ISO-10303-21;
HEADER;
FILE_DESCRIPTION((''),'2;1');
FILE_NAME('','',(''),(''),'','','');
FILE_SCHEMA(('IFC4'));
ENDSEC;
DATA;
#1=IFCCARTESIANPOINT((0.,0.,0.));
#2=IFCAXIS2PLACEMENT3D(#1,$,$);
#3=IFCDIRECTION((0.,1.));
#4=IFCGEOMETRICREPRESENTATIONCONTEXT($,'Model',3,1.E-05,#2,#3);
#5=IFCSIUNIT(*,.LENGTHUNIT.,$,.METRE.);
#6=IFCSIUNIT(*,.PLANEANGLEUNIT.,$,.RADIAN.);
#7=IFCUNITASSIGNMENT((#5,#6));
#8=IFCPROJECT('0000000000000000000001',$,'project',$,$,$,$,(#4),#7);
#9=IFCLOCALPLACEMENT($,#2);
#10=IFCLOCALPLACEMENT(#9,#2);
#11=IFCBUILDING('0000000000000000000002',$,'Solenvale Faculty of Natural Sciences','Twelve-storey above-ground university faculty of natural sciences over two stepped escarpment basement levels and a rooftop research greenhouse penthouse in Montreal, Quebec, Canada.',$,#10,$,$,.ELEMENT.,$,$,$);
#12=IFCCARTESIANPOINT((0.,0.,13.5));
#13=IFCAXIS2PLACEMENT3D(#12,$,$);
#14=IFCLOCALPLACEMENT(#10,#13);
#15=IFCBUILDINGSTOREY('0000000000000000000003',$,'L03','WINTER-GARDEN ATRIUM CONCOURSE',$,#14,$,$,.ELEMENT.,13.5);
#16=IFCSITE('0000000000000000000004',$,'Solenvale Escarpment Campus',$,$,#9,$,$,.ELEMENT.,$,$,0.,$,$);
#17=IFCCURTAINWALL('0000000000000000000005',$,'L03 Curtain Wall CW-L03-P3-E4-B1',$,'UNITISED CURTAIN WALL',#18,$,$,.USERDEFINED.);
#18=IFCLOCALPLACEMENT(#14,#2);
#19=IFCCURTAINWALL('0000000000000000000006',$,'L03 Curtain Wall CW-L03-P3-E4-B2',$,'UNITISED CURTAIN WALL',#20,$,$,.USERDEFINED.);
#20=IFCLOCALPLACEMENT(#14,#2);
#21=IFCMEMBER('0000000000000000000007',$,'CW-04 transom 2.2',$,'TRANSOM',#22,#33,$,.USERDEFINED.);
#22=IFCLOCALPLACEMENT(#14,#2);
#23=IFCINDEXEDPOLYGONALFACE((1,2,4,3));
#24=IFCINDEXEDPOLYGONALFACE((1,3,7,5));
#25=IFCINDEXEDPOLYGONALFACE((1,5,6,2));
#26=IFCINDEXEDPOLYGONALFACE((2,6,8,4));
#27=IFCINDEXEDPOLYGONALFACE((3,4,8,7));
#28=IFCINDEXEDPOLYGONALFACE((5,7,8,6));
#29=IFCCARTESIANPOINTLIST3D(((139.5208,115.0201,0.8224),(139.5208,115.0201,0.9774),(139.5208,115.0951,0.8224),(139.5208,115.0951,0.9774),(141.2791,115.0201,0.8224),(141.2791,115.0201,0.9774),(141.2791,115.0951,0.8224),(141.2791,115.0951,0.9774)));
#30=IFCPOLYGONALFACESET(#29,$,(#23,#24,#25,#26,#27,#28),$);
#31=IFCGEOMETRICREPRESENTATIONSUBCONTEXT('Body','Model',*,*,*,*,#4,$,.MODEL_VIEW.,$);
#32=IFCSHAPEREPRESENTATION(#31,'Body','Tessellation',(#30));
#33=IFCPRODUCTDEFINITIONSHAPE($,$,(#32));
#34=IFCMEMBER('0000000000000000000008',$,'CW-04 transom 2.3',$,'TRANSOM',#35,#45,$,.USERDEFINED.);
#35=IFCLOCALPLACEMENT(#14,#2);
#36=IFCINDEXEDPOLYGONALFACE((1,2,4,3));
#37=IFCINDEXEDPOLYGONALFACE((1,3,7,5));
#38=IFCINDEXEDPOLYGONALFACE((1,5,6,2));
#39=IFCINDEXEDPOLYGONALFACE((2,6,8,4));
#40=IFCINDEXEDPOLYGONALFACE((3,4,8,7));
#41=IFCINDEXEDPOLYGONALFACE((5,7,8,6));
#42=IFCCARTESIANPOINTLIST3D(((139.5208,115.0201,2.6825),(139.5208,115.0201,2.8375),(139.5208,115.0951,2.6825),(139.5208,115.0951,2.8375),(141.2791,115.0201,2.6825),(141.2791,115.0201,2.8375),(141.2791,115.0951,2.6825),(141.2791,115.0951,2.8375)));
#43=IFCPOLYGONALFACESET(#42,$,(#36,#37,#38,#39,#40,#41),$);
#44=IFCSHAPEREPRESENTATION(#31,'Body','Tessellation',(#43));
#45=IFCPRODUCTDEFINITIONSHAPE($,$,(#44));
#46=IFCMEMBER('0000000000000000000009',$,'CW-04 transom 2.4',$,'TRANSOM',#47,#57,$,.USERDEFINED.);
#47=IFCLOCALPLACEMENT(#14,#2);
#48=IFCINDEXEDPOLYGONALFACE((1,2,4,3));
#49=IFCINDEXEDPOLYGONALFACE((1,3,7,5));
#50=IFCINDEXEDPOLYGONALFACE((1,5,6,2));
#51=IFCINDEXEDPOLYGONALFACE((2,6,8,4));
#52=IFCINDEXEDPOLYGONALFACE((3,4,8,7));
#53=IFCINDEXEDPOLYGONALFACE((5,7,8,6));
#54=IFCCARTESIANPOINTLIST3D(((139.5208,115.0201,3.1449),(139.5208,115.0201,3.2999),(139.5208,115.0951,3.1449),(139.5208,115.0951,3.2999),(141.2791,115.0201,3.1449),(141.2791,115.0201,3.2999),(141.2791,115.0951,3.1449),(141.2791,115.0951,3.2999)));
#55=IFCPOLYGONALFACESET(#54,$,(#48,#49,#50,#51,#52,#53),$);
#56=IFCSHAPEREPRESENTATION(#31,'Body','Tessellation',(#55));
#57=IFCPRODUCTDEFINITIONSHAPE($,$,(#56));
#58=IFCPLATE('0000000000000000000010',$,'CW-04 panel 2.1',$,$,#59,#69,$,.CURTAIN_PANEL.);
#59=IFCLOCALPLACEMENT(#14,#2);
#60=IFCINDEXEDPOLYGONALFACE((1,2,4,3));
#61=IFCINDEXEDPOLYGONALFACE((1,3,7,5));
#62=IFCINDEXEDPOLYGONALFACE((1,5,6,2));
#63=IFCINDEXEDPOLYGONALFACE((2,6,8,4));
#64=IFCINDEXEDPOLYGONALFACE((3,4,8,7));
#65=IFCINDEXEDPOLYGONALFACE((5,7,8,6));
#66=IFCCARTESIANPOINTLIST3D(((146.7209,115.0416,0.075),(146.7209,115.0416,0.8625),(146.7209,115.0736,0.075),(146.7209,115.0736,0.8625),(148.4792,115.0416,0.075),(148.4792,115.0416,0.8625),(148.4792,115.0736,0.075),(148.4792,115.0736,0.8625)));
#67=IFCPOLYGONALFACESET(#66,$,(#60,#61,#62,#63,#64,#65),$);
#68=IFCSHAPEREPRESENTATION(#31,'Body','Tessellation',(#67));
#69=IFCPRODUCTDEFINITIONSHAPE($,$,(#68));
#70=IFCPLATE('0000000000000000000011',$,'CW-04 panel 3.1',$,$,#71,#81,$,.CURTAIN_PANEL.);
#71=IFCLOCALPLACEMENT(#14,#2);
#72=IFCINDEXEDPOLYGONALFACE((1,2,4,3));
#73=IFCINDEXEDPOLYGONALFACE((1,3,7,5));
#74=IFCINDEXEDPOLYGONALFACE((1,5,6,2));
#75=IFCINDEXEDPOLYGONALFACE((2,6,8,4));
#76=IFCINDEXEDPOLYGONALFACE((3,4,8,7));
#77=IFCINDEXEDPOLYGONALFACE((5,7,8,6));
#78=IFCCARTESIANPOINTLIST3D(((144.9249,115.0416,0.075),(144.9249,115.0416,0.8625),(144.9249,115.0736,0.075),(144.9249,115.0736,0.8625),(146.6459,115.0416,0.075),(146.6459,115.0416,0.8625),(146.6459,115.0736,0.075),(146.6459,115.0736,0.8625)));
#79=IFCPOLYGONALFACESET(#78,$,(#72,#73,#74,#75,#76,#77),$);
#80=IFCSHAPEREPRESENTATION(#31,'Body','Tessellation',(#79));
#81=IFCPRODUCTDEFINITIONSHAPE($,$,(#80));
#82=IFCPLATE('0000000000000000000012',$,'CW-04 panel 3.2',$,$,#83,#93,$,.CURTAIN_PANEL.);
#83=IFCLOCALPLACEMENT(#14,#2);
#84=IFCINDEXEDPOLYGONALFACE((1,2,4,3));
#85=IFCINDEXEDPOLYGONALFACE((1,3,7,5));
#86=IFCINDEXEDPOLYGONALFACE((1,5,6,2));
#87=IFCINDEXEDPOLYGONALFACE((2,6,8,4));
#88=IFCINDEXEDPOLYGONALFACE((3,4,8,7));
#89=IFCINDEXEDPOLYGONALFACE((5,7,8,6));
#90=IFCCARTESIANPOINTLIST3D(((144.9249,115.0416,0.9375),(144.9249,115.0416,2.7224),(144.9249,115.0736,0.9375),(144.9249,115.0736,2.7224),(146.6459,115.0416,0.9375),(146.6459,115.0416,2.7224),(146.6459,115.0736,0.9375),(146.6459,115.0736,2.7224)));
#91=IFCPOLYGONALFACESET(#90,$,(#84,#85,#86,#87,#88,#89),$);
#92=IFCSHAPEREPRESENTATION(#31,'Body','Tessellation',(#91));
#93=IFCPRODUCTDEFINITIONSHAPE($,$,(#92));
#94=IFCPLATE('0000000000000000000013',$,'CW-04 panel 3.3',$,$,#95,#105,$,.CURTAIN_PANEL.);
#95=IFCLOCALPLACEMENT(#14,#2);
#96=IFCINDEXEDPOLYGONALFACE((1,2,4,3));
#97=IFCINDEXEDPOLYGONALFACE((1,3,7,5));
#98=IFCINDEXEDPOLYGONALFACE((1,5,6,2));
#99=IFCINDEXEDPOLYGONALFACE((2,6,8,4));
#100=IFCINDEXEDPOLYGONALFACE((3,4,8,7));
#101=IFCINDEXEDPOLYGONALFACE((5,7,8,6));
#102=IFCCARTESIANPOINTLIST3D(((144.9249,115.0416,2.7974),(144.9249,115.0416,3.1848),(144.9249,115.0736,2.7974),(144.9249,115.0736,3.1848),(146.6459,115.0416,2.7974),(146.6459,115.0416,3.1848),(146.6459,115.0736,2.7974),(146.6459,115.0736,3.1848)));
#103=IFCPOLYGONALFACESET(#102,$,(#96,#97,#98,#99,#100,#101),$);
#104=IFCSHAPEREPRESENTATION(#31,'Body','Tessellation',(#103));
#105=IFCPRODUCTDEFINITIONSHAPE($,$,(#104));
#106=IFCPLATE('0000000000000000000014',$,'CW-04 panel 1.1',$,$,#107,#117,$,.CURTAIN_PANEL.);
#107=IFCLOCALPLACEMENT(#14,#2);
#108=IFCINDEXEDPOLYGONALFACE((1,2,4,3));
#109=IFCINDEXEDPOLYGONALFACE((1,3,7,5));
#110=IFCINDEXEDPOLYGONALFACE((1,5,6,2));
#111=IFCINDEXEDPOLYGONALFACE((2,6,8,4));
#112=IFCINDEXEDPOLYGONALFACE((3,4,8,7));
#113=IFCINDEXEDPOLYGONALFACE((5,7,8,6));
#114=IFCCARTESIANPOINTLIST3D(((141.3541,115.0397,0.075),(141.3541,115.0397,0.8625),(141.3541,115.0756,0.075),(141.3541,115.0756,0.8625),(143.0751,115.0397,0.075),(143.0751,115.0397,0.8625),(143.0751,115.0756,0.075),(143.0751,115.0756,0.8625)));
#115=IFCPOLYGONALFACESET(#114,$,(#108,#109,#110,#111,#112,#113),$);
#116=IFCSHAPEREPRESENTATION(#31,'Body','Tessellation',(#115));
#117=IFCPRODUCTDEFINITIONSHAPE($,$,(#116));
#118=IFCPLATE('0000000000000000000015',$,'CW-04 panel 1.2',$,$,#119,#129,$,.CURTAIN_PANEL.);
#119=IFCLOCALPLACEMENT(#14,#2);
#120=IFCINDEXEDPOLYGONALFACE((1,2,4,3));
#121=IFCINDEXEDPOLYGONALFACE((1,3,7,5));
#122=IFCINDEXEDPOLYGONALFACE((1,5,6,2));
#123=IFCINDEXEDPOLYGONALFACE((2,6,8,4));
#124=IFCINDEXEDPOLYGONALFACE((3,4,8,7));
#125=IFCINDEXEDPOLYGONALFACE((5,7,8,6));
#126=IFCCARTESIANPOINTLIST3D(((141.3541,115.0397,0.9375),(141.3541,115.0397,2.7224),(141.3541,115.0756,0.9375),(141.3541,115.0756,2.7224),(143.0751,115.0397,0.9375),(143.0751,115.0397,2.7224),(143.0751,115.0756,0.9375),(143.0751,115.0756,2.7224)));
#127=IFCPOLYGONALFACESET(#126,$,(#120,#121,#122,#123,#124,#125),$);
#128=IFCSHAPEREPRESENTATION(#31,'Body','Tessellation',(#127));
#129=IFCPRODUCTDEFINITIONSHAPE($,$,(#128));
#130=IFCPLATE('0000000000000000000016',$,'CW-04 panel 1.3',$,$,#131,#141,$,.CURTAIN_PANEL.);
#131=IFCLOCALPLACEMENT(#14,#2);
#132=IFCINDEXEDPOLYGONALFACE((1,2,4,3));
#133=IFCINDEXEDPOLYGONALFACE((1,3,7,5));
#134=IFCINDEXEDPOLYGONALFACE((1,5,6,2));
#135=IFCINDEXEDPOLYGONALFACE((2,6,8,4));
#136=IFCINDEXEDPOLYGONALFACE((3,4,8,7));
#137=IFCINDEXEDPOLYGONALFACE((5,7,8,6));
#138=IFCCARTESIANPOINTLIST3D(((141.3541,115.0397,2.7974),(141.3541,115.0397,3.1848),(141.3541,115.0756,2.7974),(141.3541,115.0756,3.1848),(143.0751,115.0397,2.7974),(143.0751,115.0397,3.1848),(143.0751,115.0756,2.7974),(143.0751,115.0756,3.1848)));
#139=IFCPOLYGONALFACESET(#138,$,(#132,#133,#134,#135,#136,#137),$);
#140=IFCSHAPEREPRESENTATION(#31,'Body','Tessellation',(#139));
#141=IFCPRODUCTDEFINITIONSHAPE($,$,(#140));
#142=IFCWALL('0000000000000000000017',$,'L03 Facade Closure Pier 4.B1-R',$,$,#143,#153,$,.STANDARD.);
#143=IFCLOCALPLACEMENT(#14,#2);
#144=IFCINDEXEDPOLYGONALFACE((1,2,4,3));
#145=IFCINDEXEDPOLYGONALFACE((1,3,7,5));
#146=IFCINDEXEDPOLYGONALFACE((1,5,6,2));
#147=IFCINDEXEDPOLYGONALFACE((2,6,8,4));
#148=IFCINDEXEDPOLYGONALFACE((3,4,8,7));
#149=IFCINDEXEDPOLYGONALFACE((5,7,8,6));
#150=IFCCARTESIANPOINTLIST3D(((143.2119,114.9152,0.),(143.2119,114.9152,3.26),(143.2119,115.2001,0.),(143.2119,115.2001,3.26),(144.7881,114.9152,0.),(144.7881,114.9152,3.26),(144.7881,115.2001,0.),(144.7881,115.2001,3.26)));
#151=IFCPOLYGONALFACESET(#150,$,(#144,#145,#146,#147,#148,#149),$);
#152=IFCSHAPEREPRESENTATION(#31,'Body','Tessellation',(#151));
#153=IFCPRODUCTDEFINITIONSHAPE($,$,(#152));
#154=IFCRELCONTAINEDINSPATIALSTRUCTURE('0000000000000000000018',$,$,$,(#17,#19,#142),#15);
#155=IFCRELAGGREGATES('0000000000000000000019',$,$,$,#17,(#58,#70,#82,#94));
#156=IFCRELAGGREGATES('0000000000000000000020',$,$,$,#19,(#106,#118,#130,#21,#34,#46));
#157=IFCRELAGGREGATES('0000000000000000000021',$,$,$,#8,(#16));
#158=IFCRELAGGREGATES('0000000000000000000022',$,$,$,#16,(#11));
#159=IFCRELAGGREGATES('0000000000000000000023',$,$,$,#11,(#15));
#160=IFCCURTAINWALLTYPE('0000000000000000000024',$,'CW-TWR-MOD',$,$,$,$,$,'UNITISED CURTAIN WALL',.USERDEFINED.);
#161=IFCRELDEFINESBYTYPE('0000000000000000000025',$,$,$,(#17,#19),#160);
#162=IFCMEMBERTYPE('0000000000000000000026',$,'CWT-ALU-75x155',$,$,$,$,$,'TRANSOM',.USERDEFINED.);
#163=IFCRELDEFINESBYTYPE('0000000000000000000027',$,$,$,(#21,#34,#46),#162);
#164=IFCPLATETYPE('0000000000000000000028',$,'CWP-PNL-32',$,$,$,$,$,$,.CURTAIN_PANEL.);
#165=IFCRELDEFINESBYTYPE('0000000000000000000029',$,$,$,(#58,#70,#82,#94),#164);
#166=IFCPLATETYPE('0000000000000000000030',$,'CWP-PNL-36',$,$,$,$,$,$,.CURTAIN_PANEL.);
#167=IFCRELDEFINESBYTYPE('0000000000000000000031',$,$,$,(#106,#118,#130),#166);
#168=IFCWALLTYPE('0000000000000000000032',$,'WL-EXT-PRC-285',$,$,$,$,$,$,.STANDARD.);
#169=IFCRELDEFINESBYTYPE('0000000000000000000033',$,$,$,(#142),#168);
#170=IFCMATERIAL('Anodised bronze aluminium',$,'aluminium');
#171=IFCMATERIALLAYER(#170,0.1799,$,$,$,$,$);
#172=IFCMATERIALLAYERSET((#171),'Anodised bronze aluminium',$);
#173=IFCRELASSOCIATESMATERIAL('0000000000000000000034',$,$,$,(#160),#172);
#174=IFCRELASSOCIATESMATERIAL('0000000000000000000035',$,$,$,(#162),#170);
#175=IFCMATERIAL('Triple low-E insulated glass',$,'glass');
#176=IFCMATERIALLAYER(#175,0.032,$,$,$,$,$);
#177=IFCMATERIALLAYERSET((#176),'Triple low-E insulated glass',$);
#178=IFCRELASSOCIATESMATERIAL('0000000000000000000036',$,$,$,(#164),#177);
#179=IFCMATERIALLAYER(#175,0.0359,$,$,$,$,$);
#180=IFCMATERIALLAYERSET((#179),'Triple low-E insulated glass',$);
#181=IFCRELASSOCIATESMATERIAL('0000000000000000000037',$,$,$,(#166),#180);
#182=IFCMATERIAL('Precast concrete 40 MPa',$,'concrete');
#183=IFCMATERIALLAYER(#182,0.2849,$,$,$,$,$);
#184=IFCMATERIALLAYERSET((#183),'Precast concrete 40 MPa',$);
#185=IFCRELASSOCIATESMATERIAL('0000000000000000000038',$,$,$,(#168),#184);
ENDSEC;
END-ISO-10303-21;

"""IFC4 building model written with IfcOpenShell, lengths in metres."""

from ifc_helpers import new_model, si_unit, direction, frame, frame_2d, origin, origin_2d, place, context, subcontext, project, spatial, rectangle, extrude, material, layer, layer_set, material_profile, profile_set, type_object, element, aggregate, save


model = new_model("IFC4")

# Units and contexts
model_context = context("Model", 3, precision=1e-05, world=origin(), true_north=direction((0.0, 1.0)))
body_context = subcontext(model_context, "Body", "Model", "MODEL_VIEW")
ifc_project = project(units=[si_unit("LENGTHUNIT", "METRE"), si_unit("PLANEANGLEUNIT", "RADIAN")], contexts=[model_context])

# Site, building, storey
site_placement = place(None, origin())
site = spatial("IfcSite", under=ifc_project, at=site_placement, Name="Solenvale Escarpment Campus", CompositionType="ELEMENT", RefElevation=0.0)
building_placement = place(site_placement, origin())
building = spatial("IfcBuilding", under=site, at=building_placement, Name="Solenvale Faculty of Natural Sciences", Description="Twelve-storey above-ground university faculty of natural sciences over two stepped escarpment basement levels and a rooftop research greenhouse penthouse in Montreal, Quebec, Canada.", CompositionType="ELEMENT")
storey_placement = place(building_placement, frame((0.0, 0.0, 13.5)))
storey = spatial("IfcBuildingStorey", under=building, at=storey_placement, Name="L03", Description="WINTER-GARDEN ATRIUM CONCOURSE", CompositionType="ELEMENT", Elevation=13.5)

# Shared definitions
ifc_material_1 = material(Name="Precast concrete 40 MPa", Category="concrete")

# Curtain walls
ifc_material_2 = material(Name="Anodised bronze aluminium", Category="aluminium")
ifc_layer_1 = layer(ifc_material_2, 0.1799)
ifc_layer_set_1 = layer_set([ifc_layer_1], Name="Anodised bronze aluminium")
curtain_wall_type = type_object("IfcCurtainWallType", Name="CW-TWR-MOD", ElementType="UNITISED CURTAIN WALL", PredefinedType="USERDEFINED", material=ifc_layer_set_1)
curtain_wall_1_placement = place(storey_placement, origin())
curtain_wall_1 = element("IfcCurtainWall", 1, at=curtain_wall_1_placement, inside=storey, type_object=curtain_wall_type, Name="L03 Curtain Wall CW-L03-P3-E4-B1", ObjectType="UNITISED CURTAIN WALL", PredefinedType="USERDEFINED")
curtain_wall_2_placement = place(storey_placement, origin())
curtain_wall_2 = element("IfcCurtainWall", 2, at=curtain_wall_2_placement, inside=storey, type_object=curtain_wall_type, Name="L03 Curtain Wall CW-L03-P3-E4-B2", ObjectType="UNITISED CURTAIN WALL", PredefinedType="USERDEFINED")

# Members
ifc_material_profile_1 = material_profile(ifc_material_2, rectangle(XDim=0.075, YDim=0.155, at=origin_2d()), Name="ALU-TRN-75x155")
ifc_profile_set_1 = profile_set([ifc_material_profile_1], Name="Anodised bronze aluminium")
member_type_1 = type_object("IfcMemberType", Name="CWT-ALU-75x155", ElementType="TRANSOM", PredefinedType="USERDEFINED", material=ifc_profile_set_1)
member_1_placement = place(storey_placement, frame((141.2791, 115.0576, 0.8999), z_axis=(-1.0, 0.0, 0.0), x_axis=(0.0, -1.0, 0.0)))
member_1 = element("IfcMember", 3, at=member_1_placement, type_object=member_type_1, Name="CW-04 transom 2.2", ObjectType="TRANSOM", PredefinedType="USERDEFINED", context=body_context, shape_type="SweptSolid", body=[
    extrude(rectangle(XDim=0.075, YDim=0.155, at=origin_2d()), origin(), (0.0, 0.0, 1.0), 1.7583),
])
member_2_placement = place(storey_placement, frame((141.2791, 115.0576, 2.76), z_axis=(-1.0, 0.0, 0.0), x_axis=(0.0, -1.0, 0.0)))
member_2 = element("IfcMember", 4, at=member_2_placement, type_object=member_type_1, Name="CW-04 transom 2.3", ObjectType="TRANSOM", PredefinedType="USERDEFINED", context=body_context, shape_type="SweptSolid", body=[
    extrude(rectangle(XDim=0.075, YDim=0.155, at=origin_2d()), origin(), (0.0, 0.0, 1.0), 1.7583),
])
member_3_placement = place(storey_placement, frame((141.2791, 115.0576, 3.2224), z_axis=(-1.0, 0.0, 0.0), x_axis=(0.0, -1.0, 0.0)))
member_3 = element("IfcMember", 5, at=member_3_placement, type_object=member_type_1, Name="CW-04 transom 2.4", ObjectType="TRANSOM", PredefinedType="USERDEFINED", context=body_context, shape_type="SweptSolid", body=[
    extrude(rectangle(XDim=0.075, YDim=0.155, at=origin_2d()), origin(), (0.0, 0.0, 1.0), 1.7583),
])

# Plates
ifc_material_3 = material(Name="Triple low-E insulated glass", Category="glass")
ifc_layer_2 = layer(ifc_material_3, 0.032)
ifc_layer_set_2 = layer_set([ifc_layer_2], Name="Triple low-E insulated glass")
plate_type_1 = type_object("IfcPlateType", Name="CWP-PNL-32", PredefinedType="CURTAIN_PANEL", material=ifc_layer_set_2)
plate_1_placement = place(storey_placement, frame((147.6001, 115.0576, 0.075), z_axis=(0.0, 0.0, 1.0), x_axis=(-1.0, 0.0, 0.0)))
plate_1 = element("IfcPlate", 6, at=plate_1_placement, type_object=plate_type_1, Name="CW-04 panel 2.1", PredefinedType="CURTAIN_PANEL", context=body_context, shape_type="SweptSolid", body=[
    extrude(rectangle(XDim=1.7583, YDim=0.032, at=origin_2d()), origin(), (0.0, 0.0, 1.0), 0.7876),
])
plate_2_placement = place(storey_placement, frame((145.7854, 115.0576, 0.075), z_axis=(0.0, 0.0, 1.0), x_axis=(-1.0, 0.0, 0.0)))
plate_2 = element("IfcPlate", 7, at=plate_2_placement, type_object=plate_type_1, Name="CW-04 panel 3.1", PredefinedType="CURTAIN_PANEL", context=body_context, shape_type="SweptSolid", body=[
    extrude(rectangle(XDim=1.7209, YDim=0.032, at=origin_2d()), origin(), (0.0, 0.0, 1.0), 0.7876),
])
plate_3_placement = place(storey_placement, frame((145.7854, 115.0576, 0.9375), z_axis=(0.0, 0.0, 1.0), x_axis=(-1.0, 0.0, 0.0)))
plate_3 = element("IfcPlate", 8, at=plate_3_placement, type_object=plate_type_1, Name="CW-04 panel 3.2", PredefinedType="CURTAIN_PANEL", context=body_context, shape_type="SweptSolid", body=[
    extrude(rectangle(XDim=1.7209, YDim=0.032, at=origin_2d()), origin(), (0.0, 0.0, 1.0), 1.7849),
])
plate_4_placement = place(storey_placement, frame((145.7854, 115.0576, 2.7974), z_axis=(0.0, 0.0, 1.0), x_axis=(-1.0, 0.0, 0.0)))
plate_4 = element("IfcPlate", 9, at=plate_4_placement, type_object=plate_type_1, Name="CW-04 panel 3.3", PredefinedType="CURTAIN_PANEL", context=body_context, shape_type="SweptSolid", body=[
    extrude(rectangle(XDim=1.7209, YDim=0.032, at=origin_2d()), origin(), (0.0, 0.0, 1.0), 0.3875),
])
aggregate(curtain_wall_1, [plate_1, plate_2, plate_3, plate_4])
ifc_layer_3 = layer(ifc_material_3, 0.0359)
ifc_layer_set_3 = layer_set([ifc_layer_3], Name="Triple low-E insulated glass")
plate_type_2 = type_object("IfcPlateType", Name="CWP-PNL-36", PredefinedType="CURTAIN_PANEL", material=ifc_layer_set_3)
plate_5_placement = place(storey_placement, frame((142.2146, 115.0576, 0.075), z_axis=(0.0, 0.0, 1.0), x_axis=(-1.0, 0.0, 0.0)))
plate_5 = element("IfcPlate", 10, at=plate_5_placement, type_object=plate_type_2, Name="CW-04 panel 1.1", PredefinedType="CURTAIN_PANEL", context=body_context, shape_type="SweptSolid", body=[
    extrude(rectangle(XDim=1.7209, YDim=0.0359, at=origin_2d()), origin(), (0.0, 0.0, 1.0), 0.7876),
])
plate_6_placement = place(storey_placement, frame((142.2146, 115.0576, 0.9375), z_axis=(0.0, 0.0, 1.0), x_axis=(-1.0, 0.0, 0.0)))
plate_6 = element("IfcPlate", 11, at=plate_6_placement, type_object=plate_type_2, Name="CW-04 panel 1.2", PredefinedType="CURTAIN_PANEL", context=body_context, shape_type="SweptSolid", body=[
    extrude(rectangle(XDim=1.7209, YDim=0.0359, at=origin_2d()), origin(), (0.0, 0.0, 1.0), 1.7849),
])
plate_7_placement = place(storey_placement, frame((142.2146, 115.0576, 2.7974), z_axis=(0.0, 0.0, 1.0), x_axis=(-1.0, 0.0, 0.0)))
plate_7 = element("IfcPlate", 12, at=plate_7_placement, type_object=plate_type_2, Name="CW-04 panel 1.3", PredefinedType="CURTAIN_PANEL", context=body_context, shape_type="SweptSolid", body=[
    extrude(rectangle(XDim=1.7209, YDim=0.0359, at=origin_2d()), origin(), (0.0, 0.0, 1.0), 0.3875),
])
aggregate(curtain_wall_2, [plate_5, plate_6, plate_7, member_1, member_2, member_3])

# Wall
ifc_layer_4 = layer(ifc_material_1, 0.2849)
ifc_layer_set_4 = layer_set([ifc_layer_4], Name="Precast concrete 40 MPa")
wall_type = type_object("IfcWallType", Name="WL-EXT-PRC-285", PredefinedType="STANDARD", material=ifc_layer_set_4)
wall_placement = place(storey_placement, frame((144.7881, 115.0576, 0.0), z_axis=(0.0, 0.0, 1.0), x_axis=(-1.0, 0.0, 0.0)))
element("IfcWall", 13, at=wall_placement, inside=storey, type_object=wall_type, Name="L03 Facade Closure Pier 4.B1-R", PredefinedType="STANDARD", context=body_context, shape_type="SweptSolid", body=[
    extrude(rectangle(XDim=1.5762, YDim=0.2849, at=frame_2d((0.7881, 0.0))), origin(), (0.0, 0.0, 1.0), 3.26),
])

save(model, "model.ifc")
